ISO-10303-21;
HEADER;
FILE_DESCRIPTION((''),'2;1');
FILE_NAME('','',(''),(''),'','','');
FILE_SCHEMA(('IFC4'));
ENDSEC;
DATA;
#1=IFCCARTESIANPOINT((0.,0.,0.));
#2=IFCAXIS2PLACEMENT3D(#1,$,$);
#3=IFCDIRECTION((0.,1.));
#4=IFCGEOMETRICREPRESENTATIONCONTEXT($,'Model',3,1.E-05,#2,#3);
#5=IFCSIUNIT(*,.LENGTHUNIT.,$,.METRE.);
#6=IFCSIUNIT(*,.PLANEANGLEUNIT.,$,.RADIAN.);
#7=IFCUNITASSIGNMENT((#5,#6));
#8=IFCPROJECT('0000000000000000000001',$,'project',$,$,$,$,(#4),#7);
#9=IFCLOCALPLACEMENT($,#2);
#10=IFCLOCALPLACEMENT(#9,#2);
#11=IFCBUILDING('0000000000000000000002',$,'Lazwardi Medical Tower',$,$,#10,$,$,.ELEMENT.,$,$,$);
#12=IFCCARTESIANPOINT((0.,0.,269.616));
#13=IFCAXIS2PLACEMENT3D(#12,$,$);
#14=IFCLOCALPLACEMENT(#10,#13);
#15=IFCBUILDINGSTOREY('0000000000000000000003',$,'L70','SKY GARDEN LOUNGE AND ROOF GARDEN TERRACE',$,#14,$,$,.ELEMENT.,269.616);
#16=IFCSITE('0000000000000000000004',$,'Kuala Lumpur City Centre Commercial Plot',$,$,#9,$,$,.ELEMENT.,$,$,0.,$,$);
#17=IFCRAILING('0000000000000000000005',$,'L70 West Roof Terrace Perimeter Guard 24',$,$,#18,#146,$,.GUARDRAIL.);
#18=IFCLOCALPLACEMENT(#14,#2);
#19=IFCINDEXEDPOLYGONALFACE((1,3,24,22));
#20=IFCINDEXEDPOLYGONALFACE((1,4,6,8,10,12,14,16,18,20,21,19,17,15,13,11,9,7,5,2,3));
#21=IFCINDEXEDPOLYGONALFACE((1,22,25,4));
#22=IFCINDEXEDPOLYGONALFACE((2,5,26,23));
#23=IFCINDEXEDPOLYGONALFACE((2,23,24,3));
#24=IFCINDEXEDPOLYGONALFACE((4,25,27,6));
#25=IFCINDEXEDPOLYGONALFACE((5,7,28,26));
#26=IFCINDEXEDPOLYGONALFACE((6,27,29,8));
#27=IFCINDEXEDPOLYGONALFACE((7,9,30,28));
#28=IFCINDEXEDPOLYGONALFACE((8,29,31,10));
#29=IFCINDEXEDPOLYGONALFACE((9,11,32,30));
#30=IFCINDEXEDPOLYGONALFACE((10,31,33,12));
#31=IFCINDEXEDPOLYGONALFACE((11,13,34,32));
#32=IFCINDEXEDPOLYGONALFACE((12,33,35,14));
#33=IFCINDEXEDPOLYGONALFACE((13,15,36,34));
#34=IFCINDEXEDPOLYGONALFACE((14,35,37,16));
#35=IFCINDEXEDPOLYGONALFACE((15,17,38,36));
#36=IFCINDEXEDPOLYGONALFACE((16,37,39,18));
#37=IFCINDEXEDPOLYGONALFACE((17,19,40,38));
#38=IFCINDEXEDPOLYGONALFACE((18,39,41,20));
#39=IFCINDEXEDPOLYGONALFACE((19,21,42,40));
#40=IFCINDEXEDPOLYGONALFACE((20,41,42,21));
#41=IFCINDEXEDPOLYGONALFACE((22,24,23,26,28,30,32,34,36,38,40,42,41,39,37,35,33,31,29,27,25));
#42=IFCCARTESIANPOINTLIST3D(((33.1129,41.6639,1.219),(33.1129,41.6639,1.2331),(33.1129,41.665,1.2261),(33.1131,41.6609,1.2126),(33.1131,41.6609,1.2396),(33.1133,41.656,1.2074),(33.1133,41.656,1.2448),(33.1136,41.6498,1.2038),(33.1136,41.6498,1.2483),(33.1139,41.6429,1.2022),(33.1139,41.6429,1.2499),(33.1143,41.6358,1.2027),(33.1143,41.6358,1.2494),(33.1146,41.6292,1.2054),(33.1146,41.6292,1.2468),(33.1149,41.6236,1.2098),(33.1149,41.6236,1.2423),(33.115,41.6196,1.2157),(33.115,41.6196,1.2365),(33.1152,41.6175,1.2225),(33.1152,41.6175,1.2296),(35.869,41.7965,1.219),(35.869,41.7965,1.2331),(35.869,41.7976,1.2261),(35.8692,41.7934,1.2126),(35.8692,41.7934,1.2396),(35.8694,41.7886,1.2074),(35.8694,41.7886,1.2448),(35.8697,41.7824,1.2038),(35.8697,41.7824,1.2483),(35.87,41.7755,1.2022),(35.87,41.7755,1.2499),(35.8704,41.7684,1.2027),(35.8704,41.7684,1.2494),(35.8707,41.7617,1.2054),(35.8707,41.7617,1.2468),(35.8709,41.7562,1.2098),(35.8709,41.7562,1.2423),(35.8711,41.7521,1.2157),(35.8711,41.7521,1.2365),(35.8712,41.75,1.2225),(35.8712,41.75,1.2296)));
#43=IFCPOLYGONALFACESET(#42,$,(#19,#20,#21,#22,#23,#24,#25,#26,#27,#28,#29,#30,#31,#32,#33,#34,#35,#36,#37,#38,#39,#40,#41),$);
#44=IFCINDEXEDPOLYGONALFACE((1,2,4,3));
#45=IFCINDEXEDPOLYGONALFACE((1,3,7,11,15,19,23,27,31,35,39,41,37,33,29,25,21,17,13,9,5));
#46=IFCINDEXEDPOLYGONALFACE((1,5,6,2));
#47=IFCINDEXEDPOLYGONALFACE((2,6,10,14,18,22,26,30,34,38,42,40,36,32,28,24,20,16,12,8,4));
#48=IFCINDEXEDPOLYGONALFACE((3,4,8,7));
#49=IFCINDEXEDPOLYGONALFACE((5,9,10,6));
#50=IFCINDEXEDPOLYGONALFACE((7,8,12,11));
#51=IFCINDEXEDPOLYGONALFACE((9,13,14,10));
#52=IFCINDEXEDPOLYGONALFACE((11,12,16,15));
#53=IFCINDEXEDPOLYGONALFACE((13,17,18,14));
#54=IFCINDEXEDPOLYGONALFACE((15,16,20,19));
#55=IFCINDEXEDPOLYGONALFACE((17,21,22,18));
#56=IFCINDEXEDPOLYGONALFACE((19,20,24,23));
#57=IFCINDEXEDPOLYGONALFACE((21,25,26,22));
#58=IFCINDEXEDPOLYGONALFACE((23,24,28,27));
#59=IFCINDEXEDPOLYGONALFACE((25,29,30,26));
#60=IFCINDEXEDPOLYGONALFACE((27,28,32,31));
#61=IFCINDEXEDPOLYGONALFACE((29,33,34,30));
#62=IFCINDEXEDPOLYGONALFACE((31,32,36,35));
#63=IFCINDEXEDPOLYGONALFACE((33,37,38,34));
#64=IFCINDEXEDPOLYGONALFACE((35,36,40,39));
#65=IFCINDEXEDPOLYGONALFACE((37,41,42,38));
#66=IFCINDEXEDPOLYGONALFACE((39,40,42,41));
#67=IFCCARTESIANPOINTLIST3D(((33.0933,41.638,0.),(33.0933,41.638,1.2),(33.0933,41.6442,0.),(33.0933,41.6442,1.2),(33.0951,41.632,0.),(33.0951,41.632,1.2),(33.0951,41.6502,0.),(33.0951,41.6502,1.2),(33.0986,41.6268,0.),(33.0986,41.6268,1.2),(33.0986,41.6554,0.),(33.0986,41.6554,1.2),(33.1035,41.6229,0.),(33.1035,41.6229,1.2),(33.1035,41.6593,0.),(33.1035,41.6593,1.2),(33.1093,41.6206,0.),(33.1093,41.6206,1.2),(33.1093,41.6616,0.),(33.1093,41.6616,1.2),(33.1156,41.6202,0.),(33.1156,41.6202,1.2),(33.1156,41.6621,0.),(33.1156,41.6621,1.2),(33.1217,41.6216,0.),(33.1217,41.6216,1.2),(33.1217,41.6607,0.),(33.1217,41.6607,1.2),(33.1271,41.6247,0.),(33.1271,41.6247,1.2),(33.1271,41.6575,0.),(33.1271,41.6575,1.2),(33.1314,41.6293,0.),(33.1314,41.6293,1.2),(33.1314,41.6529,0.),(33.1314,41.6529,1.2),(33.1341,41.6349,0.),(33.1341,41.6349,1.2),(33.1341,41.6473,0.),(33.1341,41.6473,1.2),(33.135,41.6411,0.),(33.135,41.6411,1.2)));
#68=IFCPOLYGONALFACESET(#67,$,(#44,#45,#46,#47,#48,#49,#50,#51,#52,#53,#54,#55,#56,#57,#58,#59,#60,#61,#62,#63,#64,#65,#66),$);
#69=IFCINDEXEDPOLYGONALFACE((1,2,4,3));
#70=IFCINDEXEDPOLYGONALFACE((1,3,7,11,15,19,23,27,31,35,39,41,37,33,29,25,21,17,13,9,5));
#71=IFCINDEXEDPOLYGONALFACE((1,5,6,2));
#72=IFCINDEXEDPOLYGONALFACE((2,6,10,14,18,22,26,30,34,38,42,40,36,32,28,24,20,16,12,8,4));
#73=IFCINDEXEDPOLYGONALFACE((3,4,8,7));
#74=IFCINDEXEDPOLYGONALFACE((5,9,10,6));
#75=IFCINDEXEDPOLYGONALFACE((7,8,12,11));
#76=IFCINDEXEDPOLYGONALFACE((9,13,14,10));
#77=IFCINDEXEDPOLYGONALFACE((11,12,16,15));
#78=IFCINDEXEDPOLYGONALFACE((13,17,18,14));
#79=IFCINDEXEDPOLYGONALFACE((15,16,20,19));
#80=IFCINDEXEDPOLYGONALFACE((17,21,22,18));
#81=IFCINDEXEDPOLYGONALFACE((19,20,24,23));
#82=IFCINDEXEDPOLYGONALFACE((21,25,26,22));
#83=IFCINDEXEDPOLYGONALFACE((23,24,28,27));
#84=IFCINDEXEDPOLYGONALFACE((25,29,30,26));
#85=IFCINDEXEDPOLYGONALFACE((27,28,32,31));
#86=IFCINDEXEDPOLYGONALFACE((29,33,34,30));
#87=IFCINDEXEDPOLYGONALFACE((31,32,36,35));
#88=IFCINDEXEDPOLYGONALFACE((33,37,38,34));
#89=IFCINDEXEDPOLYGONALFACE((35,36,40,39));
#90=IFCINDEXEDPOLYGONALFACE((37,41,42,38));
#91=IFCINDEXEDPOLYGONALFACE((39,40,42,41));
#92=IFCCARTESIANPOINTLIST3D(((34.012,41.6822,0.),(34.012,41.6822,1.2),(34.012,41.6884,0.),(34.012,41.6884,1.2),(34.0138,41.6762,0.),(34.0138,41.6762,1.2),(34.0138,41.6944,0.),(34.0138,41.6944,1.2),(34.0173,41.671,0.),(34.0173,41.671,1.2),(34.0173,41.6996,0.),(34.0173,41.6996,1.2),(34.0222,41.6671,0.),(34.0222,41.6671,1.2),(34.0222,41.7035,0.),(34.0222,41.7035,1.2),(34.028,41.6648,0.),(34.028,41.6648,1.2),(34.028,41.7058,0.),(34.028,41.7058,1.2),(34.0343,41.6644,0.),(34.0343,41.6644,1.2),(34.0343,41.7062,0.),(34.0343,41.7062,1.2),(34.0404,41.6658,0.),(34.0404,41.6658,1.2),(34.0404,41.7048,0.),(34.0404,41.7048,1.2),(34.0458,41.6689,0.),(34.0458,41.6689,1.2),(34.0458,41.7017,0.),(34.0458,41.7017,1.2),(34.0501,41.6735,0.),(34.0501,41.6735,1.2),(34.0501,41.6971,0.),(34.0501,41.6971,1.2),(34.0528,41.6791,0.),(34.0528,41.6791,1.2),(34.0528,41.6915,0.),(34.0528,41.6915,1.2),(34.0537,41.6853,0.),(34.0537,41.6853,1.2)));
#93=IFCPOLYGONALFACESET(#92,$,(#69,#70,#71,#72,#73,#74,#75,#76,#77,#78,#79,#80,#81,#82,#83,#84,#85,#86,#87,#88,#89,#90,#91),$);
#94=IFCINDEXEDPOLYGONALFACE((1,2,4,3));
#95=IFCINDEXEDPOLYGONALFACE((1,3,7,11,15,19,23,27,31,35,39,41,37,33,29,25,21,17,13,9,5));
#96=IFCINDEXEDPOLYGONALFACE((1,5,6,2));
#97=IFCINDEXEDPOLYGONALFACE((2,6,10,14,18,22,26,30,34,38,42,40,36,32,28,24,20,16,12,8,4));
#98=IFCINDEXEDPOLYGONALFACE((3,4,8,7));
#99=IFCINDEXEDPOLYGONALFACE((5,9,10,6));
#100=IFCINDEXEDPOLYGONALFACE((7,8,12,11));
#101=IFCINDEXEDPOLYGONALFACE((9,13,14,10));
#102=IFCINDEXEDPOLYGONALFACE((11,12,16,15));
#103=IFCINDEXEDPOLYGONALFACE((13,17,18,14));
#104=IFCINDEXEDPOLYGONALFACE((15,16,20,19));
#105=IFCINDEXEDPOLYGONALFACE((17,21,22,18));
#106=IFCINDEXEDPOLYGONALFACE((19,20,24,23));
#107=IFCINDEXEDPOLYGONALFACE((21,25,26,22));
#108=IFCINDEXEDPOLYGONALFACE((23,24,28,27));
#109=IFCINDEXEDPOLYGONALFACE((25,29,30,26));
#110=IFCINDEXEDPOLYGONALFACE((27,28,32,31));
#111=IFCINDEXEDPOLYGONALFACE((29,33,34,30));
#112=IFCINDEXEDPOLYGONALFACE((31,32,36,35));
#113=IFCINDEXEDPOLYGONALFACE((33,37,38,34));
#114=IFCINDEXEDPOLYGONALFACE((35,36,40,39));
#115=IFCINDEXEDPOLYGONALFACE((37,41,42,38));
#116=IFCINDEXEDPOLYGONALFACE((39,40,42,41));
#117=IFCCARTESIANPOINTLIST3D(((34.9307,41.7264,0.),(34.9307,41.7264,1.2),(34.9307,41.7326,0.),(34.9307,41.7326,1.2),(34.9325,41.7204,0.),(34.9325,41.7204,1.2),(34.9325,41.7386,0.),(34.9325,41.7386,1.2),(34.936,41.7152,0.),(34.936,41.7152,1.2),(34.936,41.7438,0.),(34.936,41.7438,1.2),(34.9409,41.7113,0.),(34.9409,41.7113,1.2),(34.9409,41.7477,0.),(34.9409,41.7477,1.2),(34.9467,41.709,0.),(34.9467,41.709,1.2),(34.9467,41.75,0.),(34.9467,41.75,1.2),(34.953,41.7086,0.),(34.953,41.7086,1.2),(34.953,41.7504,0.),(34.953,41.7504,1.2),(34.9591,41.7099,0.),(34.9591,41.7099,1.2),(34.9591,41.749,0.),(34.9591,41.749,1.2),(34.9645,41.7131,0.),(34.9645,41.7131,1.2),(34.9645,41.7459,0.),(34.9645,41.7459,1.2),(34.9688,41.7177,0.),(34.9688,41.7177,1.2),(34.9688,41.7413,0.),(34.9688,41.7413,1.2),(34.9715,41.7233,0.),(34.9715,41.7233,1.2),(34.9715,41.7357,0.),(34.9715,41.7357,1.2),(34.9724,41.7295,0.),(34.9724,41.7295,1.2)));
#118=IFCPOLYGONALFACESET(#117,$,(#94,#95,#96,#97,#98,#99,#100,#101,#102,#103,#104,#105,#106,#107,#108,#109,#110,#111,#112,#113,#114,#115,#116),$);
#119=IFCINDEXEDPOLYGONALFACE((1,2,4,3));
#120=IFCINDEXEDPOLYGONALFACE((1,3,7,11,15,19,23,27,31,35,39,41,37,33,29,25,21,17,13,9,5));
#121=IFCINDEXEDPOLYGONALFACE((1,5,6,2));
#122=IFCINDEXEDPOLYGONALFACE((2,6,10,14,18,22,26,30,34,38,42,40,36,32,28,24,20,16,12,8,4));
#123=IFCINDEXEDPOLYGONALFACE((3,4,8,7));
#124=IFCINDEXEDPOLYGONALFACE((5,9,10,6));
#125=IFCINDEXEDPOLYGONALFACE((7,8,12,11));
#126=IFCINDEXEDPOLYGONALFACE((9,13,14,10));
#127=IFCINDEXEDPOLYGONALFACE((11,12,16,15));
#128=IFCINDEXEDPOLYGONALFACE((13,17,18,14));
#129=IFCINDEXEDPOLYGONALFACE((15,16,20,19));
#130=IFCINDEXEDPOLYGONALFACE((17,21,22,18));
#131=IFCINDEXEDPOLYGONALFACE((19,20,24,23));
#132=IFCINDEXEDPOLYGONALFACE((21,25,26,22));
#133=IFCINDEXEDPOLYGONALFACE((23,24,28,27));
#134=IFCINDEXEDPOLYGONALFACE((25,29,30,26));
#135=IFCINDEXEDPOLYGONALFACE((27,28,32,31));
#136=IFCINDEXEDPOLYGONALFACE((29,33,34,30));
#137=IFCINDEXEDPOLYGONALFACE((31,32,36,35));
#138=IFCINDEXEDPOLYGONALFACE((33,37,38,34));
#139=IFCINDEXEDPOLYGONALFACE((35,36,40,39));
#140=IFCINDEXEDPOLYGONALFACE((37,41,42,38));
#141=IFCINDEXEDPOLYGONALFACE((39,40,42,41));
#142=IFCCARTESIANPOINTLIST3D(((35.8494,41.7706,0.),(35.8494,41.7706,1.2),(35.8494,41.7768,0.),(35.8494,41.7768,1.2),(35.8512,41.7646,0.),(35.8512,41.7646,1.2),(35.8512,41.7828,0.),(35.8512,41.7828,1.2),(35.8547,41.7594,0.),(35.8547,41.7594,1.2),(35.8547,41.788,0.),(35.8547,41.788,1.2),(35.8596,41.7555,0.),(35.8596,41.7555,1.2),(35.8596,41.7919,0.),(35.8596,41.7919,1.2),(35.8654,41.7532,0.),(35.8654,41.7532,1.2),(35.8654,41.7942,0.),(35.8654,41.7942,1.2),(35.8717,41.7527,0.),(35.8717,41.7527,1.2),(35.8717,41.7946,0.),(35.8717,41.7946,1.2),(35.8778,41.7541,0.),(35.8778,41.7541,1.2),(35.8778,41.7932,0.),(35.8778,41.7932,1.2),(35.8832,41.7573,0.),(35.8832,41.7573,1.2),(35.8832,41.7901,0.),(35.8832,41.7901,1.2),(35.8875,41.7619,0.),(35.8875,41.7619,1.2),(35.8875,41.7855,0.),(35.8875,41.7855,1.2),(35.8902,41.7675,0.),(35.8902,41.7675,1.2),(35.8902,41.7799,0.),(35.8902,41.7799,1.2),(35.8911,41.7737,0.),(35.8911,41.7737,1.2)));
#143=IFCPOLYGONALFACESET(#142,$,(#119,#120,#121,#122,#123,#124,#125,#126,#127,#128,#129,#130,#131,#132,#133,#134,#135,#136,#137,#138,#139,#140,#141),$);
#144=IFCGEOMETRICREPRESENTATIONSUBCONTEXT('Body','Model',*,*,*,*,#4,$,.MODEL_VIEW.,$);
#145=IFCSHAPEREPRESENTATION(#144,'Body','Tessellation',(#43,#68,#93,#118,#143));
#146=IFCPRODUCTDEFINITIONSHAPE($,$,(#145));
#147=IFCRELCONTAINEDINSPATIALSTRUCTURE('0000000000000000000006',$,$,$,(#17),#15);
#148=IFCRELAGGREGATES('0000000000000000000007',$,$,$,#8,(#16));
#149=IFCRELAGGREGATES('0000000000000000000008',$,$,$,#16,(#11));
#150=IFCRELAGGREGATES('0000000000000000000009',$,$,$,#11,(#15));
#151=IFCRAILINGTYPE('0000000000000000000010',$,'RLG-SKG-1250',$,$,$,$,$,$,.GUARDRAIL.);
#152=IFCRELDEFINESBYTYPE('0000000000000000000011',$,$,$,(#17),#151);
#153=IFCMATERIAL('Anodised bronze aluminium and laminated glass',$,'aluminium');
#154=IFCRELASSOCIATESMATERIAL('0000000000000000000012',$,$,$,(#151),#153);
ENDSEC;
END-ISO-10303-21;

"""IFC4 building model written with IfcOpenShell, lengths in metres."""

from ifc_helpers import new_model, si_unit, direction, frame, origin, origin_2d, place, context, subcontext, project, spatial, circle, extrude, material, type_object, element, save


model = new_model("IFC4")

# Units and contexts
model_context = context("Model", 3, precision=1e-05, world=origin(), true_north=direction((0.0, 1.0)))
body_context = subcontext(model_context, "Body", "Model", "MODEL_VIEW")
ifc_project = project(units=[si_unit("LENGTHUNIT", "METRE"), si_unit("PLANEANGLEUNIT", "RADIAN")], contexts=[model_context])

# Site, building, storey
site_placement = place(None, origin())
site = spatial("IfcSite", under=ifc_project, at=site_placement, Name="Kuala Lumpur City Centre Commercial Plot", CompositionType="ELEMENT", RefElevation=0.0)
building_placement = place(site_placement, origin())
building = spatial("IfcBuilding", under=site, at=building_placement, Name="Lazwardi Medical Tower", CompositionType="ELEMENT")
storey_placement = place(building_placement, frame((0.0, 0.0, 269.616)))
storey = spatial("IfcBuildingStorey", under=building, at=storey_placement, Name="L70", Description="SKY GARDEN LOUNGE AND ROOF GARDEN TERRACE", CompositionType="ELEMENT", Elevation=269.616)

# Railing
ifc_material_1 = material(Name="Anodised bronze aluminium and laminated glass", Category="aluminium")
railing_type = type_object("IfcRailingType", Name="RLG-SKG-1250", PredefinedType="GUARDRAIL", material=ifc_material_1)
railing_1_placement = place(storey_placement, frame((33.114, 41.6411, 0.0)))
element("IfcRailing", 1, at=railing_1_placement, inside=storey, type_object=railing_type, Name="L70 West Roof Terrace Perimeter Guard 24", PredefinedType="GUARDRAIL", context=body_context, shape_type="SweptSolid", body=[
    extrude(circle(Radius=0.0239, at=origin_2d()), frame((0.0, 0.0, 1.2261), z_axis=(0.998845, 0.048044, 0.0), x_axis=(-0.048044, 0.998845, 0.0)), (0.0, 0.0, 1.0), 2.7593),
    extrude(circle(Radius=0.021, at=origin_2d()), origin(), (0.0, 0.0, 1.0), 1.2),
    extrude(circle(Radius=0.021, at=origin_2d()), frame((0.9187, 0.0442, 0.0)), (0.0, 0.0, 1.0), 1.2),
    extrude(circle(Radius=0.021, at=origin_2d()), frame((1.8374, 0.0884, 0.0)), (0.0, 0.0, 1.0), 1.2),
    extrude(circle(Radius=0.021, at=origin_2d()), frame((2.7561, 0.1326, 0.0)), (0.0, 0.0, 1.0), 1.2),
])

save(model, "model.ifc")
